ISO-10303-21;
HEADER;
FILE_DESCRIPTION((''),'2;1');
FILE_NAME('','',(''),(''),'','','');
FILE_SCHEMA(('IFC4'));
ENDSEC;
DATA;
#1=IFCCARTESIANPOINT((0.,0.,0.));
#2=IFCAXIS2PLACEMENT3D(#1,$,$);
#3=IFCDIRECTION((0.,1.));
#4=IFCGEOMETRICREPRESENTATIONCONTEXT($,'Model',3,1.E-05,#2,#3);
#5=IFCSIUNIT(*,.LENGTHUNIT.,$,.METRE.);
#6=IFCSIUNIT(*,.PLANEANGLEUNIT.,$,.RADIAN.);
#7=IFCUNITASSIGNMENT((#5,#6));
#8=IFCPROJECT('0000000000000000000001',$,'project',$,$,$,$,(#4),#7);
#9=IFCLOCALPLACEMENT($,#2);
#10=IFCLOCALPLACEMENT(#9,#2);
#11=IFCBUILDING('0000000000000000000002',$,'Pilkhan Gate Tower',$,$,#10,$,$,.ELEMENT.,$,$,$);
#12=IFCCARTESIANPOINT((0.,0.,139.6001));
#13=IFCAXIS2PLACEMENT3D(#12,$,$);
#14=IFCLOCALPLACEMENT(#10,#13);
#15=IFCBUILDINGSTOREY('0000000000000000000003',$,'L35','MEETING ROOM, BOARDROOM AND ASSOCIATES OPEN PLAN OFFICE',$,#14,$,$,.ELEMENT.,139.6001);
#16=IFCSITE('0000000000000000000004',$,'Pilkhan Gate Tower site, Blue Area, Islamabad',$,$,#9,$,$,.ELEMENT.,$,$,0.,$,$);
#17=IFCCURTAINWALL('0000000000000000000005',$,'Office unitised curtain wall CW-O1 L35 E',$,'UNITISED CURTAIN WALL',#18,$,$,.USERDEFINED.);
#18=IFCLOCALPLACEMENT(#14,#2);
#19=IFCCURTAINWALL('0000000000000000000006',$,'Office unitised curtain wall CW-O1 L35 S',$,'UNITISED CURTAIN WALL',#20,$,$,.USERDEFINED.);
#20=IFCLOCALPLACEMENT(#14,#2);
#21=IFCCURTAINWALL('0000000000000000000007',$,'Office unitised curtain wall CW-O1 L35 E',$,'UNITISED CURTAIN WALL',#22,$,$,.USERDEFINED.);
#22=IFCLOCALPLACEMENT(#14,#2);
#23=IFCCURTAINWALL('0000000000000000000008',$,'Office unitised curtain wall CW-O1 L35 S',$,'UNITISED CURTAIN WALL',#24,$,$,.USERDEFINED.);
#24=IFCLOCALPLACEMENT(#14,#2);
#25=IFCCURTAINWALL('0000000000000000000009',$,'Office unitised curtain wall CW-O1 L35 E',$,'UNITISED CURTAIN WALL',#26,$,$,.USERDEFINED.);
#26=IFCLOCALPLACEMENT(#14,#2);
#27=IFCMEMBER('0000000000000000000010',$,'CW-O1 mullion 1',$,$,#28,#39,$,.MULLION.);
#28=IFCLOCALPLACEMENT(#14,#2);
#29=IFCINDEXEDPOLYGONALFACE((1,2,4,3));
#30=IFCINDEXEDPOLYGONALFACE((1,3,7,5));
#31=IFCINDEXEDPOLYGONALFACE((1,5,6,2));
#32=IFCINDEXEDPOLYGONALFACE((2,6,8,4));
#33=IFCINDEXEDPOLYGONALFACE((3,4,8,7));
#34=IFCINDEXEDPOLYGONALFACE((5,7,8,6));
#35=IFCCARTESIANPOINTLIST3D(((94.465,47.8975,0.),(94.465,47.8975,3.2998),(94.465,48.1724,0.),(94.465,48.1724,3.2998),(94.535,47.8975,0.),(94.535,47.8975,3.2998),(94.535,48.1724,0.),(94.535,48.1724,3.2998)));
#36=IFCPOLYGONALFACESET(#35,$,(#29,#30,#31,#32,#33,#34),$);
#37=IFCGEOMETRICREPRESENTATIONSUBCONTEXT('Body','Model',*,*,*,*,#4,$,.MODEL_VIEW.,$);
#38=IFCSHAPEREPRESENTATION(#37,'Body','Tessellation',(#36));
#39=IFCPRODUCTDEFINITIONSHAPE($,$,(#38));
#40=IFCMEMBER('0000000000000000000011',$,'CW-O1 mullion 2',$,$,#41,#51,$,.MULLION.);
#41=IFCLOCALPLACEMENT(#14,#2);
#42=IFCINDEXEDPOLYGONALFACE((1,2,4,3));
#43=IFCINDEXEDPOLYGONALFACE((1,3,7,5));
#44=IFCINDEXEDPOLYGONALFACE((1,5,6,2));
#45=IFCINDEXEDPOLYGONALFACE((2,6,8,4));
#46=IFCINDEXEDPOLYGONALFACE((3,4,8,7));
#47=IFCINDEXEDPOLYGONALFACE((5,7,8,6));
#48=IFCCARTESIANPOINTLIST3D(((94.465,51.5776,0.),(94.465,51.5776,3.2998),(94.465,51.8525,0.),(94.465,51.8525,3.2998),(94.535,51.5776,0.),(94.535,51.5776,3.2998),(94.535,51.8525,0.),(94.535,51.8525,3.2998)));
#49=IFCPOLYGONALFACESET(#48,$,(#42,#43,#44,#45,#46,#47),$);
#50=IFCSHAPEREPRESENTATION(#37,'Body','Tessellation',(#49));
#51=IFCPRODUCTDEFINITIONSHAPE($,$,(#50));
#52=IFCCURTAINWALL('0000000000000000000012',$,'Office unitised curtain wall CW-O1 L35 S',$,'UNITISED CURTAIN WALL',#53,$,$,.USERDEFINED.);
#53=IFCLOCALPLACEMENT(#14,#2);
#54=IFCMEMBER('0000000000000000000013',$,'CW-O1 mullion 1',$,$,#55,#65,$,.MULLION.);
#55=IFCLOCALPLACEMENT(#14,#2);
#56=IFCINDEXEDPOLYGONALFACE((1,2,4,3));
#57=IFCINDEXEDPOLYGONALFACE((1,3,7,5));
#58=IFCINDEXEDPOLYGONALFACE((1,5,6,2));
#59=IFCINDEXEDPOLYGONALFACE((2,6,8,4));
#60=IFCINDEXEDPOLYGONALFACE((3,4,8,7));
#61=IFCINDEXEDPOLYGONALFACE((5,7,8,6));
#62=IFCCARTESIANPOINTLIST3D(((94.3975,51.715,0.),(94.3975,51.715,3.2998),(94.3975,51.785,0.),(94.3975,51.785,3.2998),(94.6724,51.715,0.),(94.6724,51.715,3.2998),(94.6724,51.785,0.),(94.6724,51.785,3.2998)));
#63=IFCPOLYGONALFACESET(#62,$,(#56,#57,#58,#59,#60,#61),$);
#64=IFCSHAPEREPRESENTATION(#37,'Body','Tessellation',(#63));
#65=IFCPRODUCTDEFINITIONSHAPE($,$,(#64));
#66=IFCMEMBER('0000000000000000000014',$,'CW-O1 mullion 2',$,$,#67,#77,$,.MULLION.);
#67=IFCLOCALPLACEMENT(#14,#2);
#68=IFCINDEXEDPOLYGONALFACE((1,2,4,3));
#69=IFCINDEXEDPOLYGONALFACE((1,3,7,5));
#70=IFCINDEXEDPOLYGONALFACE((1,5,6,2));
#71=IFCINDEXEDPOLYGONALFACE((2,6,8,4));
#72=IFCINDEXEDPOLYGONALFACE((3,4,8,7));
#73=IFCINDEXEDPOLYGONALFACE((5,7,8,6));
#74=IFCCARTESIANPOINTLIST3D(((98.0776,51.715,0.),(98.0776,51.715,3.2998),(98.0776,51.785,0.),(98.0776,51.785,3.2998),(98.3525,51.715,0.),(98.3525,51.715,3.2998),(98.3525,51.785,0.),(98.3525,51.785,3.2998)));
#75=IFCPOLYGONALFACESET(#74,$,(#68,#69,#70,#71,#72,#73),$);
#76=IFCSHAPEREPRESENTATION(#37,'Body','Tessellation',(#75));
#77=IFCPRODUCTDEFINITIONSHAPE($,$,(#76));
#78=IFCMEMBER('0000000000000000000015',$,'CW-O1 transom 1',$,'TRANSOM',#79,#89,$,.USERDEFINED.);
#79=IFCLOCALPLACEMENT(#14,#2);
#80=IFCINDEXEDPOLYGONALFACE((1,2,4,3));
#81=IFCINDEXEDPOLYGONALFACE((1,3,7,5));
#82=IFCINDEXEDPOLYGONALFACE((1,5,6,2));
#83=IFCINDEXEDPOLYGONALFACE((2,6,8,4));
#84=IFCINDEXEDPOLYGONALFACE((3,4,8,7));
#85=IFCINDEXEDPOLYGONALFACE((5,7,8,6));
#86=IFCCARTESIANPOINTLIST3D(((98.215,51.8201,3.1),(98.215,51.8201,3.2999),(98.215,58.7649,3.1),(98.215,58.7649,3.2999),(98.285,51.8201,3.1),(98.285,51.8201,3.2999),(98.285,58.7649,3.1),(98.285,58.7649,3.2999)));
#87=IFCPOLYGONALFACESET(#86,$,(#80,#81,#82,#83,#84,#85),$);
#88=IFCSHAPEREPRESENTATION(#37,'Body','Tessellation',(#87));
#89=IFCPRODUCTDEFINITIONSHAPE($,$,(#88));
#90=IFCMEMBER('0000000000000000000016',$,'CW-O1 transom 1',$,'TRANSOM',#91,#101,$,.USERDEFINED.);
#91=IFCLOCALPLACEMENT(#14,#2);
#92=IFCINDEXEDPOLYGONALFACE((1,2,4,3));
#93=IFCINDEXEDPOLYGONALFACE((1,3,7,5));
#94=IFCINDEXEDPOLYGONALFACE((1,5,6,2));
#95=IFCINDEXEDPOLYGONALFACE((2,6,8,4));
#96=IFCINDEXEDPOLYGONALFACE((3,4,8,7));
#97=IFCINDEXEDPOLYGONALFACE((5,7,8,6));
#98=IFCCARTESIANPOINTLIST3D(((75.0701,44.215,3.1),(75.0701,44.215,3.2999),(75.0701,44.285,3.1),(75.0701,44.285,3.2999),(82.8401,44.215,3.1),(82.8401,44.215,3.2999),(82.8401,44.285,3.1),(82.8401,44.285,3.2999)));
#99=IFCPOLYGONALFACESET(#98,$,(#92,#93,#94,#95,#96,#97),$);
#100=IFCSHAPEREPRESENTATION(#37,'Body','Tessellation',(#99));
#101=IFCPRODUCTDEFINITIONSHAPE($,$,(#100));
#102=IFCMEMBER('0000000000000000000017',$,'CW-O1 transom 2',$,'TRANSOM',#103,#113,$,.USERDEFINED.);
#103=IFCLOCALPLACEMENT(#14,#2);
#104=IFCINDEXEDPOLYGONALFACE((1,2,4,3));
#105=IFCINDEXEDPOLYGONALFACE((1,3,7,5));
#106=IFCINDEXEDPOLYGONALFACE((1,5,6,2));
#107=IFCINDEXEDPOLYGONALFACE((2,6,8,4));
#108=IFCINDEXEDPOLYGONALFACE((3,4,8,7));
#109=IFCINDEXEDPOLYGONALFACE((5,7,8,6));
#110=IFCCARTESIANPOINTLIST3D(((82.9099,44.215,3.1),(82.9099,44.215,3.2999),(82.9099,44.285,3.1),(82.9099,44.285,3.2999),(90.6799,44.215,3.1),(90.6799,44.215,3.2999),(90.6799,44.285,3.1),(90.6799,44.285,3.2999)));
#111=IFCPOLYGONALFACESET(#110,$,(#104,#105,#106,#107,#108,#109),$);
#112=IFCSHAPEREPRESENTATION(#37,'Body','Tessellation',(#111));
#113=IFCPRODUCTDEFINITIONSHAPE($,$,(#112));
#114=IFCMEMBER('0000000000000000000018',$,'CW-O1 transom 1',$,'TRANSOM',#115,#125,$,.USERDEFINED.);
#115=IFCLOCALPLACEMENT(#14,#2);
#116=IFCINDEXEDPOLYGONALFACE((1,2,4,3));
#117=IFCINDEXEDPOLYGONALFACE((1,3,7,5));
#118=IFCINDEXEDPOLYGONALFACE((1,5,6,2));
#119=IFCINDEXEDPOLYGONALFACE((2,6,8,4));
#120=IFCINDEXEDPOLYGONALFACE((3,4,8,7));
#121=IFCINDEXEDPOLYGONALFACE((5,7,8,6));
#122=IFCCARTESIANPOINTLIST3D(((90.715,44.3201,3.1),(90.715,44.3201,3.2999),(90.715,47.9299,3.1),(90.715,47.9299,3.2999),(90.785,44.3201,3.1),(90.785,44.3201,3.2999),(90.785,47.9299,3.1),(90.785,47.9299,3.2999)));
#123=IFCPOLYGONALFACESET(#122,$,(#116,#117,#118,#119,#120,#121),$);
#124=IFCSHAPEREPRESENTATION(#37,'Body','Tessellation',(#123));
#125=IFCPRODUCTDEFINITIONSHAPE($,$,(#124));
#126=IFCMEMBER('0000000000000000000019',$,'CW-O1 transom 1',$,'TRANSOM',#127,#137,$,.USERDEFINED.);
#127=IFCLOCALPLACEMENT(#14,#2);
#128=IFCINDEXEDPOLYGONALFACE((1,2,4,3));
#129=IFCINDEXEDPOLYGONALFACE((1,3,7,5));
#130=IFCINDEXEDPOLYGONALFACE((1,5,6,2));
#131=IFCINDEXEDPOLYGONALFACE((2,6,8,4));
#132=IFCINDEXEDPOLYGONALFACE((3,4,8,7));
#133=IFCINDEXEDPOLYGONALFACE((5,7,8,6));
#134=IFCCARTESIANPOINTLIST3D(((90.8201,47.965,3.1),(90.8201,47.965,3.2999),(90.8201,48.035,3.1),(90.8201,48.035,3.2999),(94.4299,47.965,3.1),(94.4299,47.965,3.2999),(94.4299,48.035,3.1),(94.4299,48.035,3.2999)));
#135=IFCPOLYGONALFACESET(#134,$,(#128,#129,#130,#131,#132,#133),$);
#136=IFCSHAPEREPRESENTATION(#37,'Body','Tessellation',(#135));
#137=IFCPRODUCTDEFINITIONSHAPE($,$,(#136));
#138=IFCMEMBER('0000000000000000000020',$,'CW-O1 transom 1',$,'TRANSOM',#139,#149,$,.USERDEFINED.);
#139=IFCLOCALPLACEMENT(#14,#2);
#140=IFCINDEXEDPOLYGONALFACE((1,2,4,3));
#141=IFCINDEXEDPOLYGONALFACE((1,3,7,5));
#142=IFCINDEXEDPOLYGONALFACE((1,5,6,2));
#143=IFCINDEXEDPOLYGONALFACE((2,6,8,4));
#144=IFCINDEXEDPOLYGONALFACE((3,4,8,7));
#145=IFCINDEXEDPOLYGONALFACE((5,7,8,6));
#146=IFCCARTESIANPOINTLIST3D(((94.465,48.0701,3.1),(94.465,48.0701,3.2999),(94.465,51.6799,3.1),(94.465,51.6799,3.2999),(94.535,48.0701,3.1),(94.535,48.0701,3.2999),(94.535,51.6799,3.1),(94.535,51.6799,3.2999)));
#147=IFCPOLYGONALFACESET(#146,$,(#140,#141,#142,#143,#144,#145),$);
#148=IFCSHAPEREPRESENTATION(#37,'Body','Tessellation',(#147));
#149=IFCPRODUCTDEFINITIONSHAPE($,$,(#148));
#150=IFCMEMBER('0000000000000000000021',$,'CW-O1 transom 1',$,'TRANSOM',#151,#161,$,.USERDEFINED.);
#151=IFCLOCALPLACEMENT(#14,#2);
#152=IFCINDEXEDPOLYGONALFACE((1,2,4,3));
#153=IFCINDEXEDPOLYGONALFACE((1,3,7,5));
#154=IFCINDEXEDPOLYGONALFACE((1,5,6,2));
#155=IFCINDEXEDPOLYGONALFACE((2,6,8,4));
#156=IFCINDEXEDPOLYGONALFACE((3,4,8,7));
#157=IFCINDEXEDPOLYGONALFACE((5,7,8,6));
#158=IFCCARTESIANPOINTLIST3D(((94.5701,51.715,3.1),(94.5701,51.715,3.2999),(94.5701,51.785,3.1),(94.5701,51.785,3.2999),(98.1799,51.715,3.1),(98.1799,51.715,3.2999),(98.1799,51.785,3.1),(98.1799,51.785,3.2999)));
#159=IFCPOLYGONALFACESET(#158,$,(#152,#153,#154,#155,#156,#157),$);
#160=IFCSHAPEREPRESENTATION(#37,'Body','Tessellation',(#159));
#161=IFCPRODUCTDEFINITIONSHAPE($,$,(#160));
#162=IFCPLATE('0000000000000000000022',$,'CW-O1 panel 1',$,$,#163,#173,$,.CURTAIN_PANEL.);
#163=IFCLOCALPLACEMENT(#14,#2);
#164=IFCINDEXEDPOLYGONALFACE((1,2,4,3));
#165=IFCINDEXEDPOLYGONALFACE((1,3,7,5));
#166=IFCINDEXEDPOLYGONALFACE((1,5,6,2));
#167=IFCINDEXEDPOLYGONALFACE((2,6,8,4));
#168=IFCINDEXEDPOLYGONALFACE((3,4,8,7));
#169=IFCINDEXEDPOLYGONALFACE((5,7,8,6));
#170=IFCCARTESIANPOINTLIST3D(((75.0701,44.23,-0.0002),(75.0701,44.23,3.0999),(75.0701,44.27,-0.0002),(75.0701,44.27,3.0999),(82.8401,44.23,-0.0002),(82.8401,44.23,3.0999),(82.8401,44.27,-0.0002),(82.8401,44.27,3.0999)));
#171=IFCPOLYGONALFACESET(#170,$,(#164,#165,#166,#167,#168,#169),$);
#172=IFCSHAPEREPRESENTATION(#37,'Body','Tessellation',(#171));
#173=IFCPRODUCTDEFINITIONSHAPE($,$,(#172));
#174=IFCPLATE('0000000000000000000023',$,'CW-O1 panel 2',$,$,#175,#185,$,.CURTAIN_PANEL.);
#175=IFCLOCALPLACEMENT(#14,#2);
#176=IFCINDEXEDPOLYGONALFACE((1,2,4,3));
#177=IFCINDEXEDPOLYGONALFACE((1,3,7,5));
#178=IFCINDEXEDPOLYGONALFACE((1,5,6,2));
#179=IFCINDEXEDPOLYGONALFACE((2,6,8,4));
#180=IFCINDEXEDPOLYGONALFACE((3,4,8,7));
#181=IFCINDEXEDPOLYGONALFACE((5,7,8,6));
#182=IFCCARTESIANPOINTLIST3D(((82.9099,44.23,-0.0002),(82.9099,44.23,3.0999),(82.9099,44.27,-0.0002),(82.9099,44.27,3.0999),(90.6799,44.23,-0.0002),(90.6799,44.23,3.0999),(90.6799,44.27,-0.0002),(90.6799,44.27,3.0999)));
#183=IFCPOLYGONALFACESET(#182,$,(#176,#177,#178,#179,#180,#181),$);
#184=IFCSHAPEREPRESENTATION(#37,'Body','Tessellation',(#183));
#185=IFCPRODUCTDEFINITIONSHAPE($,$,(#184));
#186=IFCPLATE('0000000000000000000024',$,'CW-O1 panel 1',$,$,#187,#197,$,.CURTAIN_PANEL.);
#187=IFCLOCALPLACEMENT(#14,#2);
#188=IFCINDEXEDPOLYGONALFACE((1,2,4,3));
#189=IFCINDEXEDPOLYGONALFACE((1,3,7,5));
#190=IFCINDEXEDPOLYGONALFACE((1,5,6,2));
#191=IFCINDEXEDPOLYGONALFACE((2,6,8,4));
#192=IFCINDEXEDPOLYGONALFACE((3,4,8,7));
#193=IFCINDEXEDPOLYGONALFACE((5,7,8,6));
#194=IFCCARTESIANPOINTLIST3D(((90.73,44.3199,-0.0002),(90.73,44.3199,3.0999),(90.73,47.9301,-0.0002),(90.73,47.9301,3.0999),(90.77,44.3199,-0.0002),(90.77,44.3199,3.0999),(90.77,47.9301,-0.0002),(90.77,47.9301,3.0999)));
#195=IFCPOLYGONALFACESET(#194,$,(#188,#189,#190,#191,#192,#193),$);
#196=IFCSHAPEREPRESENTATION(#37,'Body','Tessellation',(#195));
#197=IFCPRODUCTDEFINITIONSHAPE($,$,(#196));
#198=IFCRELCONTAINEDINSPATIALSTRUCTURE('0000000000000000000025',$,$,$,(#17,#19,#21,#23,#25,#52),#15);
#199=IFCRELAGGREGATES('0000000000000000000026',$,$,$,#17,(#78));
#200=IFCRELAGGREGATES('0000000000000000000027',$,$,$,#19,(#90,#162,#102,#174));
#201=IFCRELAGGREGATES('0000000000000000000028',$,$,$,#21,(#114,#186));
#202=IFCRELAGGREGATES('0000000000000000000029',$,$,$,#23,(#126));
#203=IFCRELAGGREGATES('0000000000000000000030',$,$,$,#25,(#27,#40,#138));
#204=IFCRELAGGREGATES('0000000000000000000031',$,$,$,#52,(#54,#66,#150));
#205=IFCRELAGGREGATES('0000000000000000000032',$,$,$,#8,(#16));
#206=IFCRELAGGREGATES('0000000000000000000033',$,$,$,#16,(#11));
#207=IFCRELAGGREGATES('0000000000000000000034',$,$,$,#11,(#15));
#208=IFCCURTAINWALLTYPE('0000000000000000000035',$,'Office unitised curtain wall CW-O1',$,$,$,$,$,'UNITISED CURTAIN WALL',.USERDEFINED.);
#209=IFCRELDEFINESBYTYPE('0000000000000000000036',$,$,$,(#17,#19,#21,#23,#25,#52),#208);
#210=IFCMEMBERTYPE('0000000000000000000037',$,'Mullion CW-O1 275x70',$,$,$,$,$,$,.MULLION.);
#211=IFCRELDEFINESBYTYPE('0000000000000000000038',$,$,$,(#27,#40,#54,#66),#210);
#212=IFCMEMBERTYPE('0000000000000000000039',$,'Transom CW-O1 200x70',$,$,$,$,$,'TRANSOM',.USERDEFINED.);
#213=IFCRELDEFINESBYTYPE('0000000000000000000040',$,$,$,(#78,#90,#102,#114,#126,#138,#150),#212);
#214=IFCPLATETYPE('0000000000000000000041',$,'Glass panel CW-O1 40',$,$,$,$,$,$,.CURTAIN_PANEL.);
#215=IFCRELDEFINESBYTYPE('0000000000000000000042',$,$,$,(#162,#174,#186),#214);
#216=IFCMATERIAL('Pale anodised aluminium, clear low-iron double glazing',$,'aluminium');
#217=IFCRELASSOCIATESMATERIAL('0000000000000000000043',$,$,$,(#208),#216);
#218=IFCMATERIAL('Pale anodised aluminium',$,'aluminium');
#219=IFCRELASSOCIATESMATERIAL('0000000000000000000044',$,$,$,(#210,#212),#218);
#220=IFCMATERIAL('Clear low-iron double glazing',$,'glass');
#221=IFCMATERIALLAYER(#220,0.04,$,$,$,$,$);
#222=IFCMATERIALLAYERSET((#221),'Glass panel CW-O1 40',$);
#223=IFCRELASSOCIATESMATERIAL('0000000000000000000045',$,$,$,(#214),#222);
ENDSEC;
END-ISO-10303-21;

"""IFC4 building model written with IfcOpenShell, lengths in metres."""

from ifc_helpers import new_model, si_unit, direction, frame, origin, origin_2d, place, context, subcontext, project, spatial, rectangle, extrude, material, layer, layer_set, material_profile, profile_set, type_object, element, aggregate, save


model = new_model("IFC4")

# Units and contexts
model_context = context("Model", 3, precision=1e-05, world=origin(), true_north=direction((0.0, 1.0)))
body_context = subcontext(model_context, "Body", "Model", "MODEL_VIEW")
ifc_project = project(units=[si_unit("LENGTHUNIT", "METRE"), si_unit("PLANEANGLEUNIT", "RADIAN")], contexts=[model_context])

# Site, building, storey
site_placement = place(None, origin())
site = spatial("IfcSite", under=ifc_project, at=site_placement, Name="Pilkhan Gate Tower site, Blue Area, Islamabad", CompositionType="ELEMENT", RefElevation=0.0)
building_placement = place(site_placement, origin())
building = spatial("IfcBuilding", under=site, at=building_placement, Name="Pilkhan Gate Tower", CompositionType="ELEMENT")
storey_placement = place(building_placement, frame((0.0, 0.0, 139.6001)))
storey = spatial("IfcBuildingStorey", under=building, at=storey_placement, Name="L35", Description="MEETING ROOM, BOARDROOM AND ASSOCIATES OPEN PLAN OFFICE", CompositionType="ELEMENT", Elevation=139.6001)

# Curtain wall
ifc_material_1 = material(Name="Pale anodised aluminium, clear low-iron double glazing", Category="aluminium")
curtain_wall_type = type_object("IfcCurtainWallType", Name="Office unitised curtain wall CW-O1", ElementType="UNITISED CURTAIN WALL", PredefinedType="USERDEFINED", material=ifc_material_1)
curtain_wall_1_placement = place(storey_placement, origin())
curtain_wall_1 = element("IfcCurtainWall", 1, at=curtain_wall_1_placement, inside=storey, type_object=curtain_wall_type, Name="Office unitised curtain wall CW-O1 L35 E", ObjectType="UNITISED CURTAIN WALL", PredefinedType="USERDEFINED")
ifc_material_2 = material(Name="Pale anodised aluminium", Category="aluminium")
ifc_material_profile_1 = material_profile(ifc_material_2, rectangle(XDim=0.0701, YDim=0.2749, at=origin_2d()), Name="Mullion 275x70")
ifc_profile_set_1 = profile_set([ifc_material_profile_1], Name="Pale anodised aluminium")
member_type_1 = type_object("IfcMemberType", Name="Mullion CW-O1 275x70", PredefinedType="MULLION", material=ifc_profile_set_1)

# Curtain walls, members
curtain_wall_2_placement = place(storey_placement, origin())
curtain_wall_2 = element("IfcCurtainWall", 2, at=curtain_wall_2_placement, inside=storey, type_object=curtain_wall_type, Name="Office unitised curtain wall CW-O1 L35 S", ObjectType="UNITISED CURTAIN WALL", PredefinedType="USERDEFINED")
curtain_wall_3_placement = place(storey_placement, origin())
curtain_wall_3 = element("IfcCurtainWall", 3, at=curtain_wall_3_placement, inside=storey, type_object=curtain_wall_type, Name="Office unitised curtain wall CW-O1 L35 E", ObjectType="UNITISED CURTAIN WALL", PredefinedType="USERDEFINED")
curtain_wall_4_placement = place(storey_placement, origin())
curtain_wall_4 = element("IfcCurtainWall", 4, at=curtain_wall_4_placement, inside=storey, type_object=curtain_wall_type, Name="Office unitised curtain wall CW-O1 L35 S", ObjectType="UNITISED CURTAIN WALL", PredefinedType="USERDEFINED")
curtain_wall_5_placement = place(storey_placement, origin())
curtain_wall_5 = element("IfcCurtainWall", 5, at=curtain_wall_5_placement, inside=storey, type_object=curtain_wall_type, Name="Office unitised curtain wall CW-O1 L35 E", ObjectType="UNITISED CURTAIN WALL", PredefinedType="USERDEFINED")
member_1_placement = place(storey_placement, frame((94.5, 48.0349, 0.0), z_axis=(0.0, 0.0, 1.0), x_axis=(-1.0, 0.0, 0.0)))
member_1 = element("IfcMember", 6, at=member_1_placement, type_object=member_type_1, Name="CW-O1 mullion 1", PredefinedType="MULLION", context=body_context, shape_type="SweptSolid", body=[
    extrude(rectangle(XDim=0.0701, YDim=0.2749, at=origin_2d()), origin(), (0.0, 0.0, 1.0), 3.2998),
])
member_2_placement = place(storey_placement, frame((94.5, 51.7151, 0.0), z_axis=(0.0, 0.0, 1.0), x_axis=(-1.0, 0.0, 0.0)))
member_2 = element("IfcMember", 7, at=member_2_placement, type_object=member_type_1, Name="CW-O1 mullion 2", PredefinedType="MULLION", context=body_context, shape_type="SweptSolid", body=[
    extrude(rectangle(XDim=0.0701, YDim=0.2749, at=origin_2d()), origin(), (0.0, 0.0, 1.0), 3.2998),
])
curtain_wall_6_placement = place(storey_placement, origin())
curtain_wall_6 = element("IfcCurtainWall", 8, at=curtain_wall_6_placement, inside=storey, type_object=curtain_wall_type, Name="Office unitised curtain wall CW-O1 L35 S", ObjectType="UNITISED CURTAIN WALL", PredefinedType="USERDEFINED")
member_3_placement = place(storey_placement, frame((94.5349, 51.75, 0.0), z_axis=(0.0, 0.0, 1.0), x_axis=(0.0, 1.0, 0.0)))
member_3 = element("IfcMember", 9, at=member_3_placement, type_object=member_type_1, Name="CW-O1 mullion 1", PredefinedType="MULLION", context=body_context, shape_type="SweptSolid", body=[
    extrude(rectangle(XDim=0.0701, YDim=0.2749, at=origin_2d()), origin(), (0.0, 0.0, 1.0), 3.2998),
])
member_4_placement = place(storey_placement, frame((98.2151, 51.75, 0.0), z_axis=(0.0, 0.0, 1.0), x_axis=(0.0, 1.0, 0.0)))
member_4 = element("IfcMember", 10, at=member_4_placement, type_object=member_type_1, Name="CW-O1 mullion 2", PredefinedType="MULLION", context=body_context, shape_type="SweptSolid", body=[
    extrude(rectangle(XDim=0.0701, YDim=0.2749, at=origin_2d()), origin(), (0.0, 0.0, 1.0), 3.2998),
])

# Members
ifc_material_profile_2 = material_profile(ifc_material_2, rectangle(XDim=0.0701, YDim=0.2, at=origin_2d()), Name="Transom 200x70")
ifc_profile_set_2 = profile_set([ifc_material_profile_2], Name="Pale anodised aluminium")
member_type_2 = type_object("IfcMemberType", Name="Transom CW-O1 200x70", ElementType="TRANSOM", PredefinedType="USERDEFINED", material=ifc_profile_set_2)
member_5_placement = place(storey_placement, frame((98.25, 51.8201, 3.2), z_axis=(0.0, 1.0, 0.0), x_axis=(-1.0, 0.0, 0.0)))
member_5 = element("IfcMember", 11, at=member_5_placement, type_object=member_type_2, Name="CW-O1 transom 1", ObjectType="TRANSOM", PredefinedType="USERDEFINED", context=body_context, shape_type="SweptSolid", body=[
    extrude(rectangle(XDim=0.0701, YDim=0.2, at=origin_2d()), origin(), (0.0, 0.0, 1.0), 6.9448),
])
aggregate(curtain_wall_1, [member_5])
member_6_placement = place(storey_placement, frame((75.0701, 44.25, 3.2), z_axis=(1.0, 0.0, 0.0), x_axis=(0.0, 1.0, 0.0)))
member_6 = element("IfcMember", 12, at=member_6_placement, type_object=member_type_2, Name="CW-O1 transom 1", ObjectType="TRANSOM", PredefinedType="USERDEFINED", context=body_context, shape_type="SweptSolid", body=[
    extrude(rectangle(XDim=0.0701, YDim=0.2, at=origin_2d()), origin(), (0.0, 0.0, 1.0), 7.77),
])
member_7_placement = place(storey_placement, frame((82.9099, 44.25, 3.2), z_axis=(1.0, 0.0, 0.0), x_axis=(0.0, 1.0, 0.0)))
member_7 = element("IfcMember", 13, at=member_7_placement, type_object=member_type_2, Name="CW-O1 transom 2", ObjectType="TRANSOM", PredefinedType="USERDEFINED", context=body_context, shape_type="SweptSolid", body=[
    extrude(rectangle(XDim=0.0701, YDim=0.2, at=origin_2d()), origin(), (0.0, 0.0, 1.0), 7.77),
])
member_8_placement = place(storey_placement, frame((90.75, 44.3201, 3.2), z_axis=(0.0, 1.0, 0.0), x_axis=(-1.0, 0.0, 0.0)))
member_8 = element("IfcMember", 14, at=member_8_placement, type_object=member_type_2, Name="CW-O1 transom 1", ObjectType="TRANSOM", PredefinedType="USERDEFINED", context=body_context, shape_type="SweptSolid", body=[
    extrude(rectangle(XDim=0.0701, YDim=0.2, at=origin_2d()), origin(), (0.0, 0.0, 1.0), 3.6099),
])
member_9_placement = place(storey_placement, frame((90.8201, 48.0, 3.2), z_axis=(1.0, 0.0, 0.0), x_axis=(0.0, 1.0, 0.0)))
member_9 = element("IfcMember", 15, at=member_9_placement, type_object=member_type_2, Name="CW-O1 transom 1", ObjectType="TRANSOM", PredefinedType="USERDEFINED", context=body_context, shape_type="SweptSolid", body=[
    extrude(rectangle(XDim=0.0701, YDim=0.2, at=origin_2d()), origin(), (0.0, 0.0, 1.0), 3.6099),
])
member_10_placement = place(storey_placement, frame((94.5, 48.0701, 3.2), z_axis=(0.0, 1.0, 0.0), x_axis=(-1.0, 0.0, 0.0)))
member_10 = element("IfcMember", 16, at=member_10_placement, type_object=member_type_2, Name="CW-O1 transom 1", ObjectType="TRANSOM", PredefinedType="USERDEFINED", context=body_context, shape_type="SweptSolid", body=[
    extrude(rectangle(XDim=0.0701, YDim=0.2, at=origin_2d()), origin(), (0.0, 0.0, 1.0), 3.6099),
])
member_11_placement = place(storey_placement, frame((94.5701, 51.75, 3.2), z_axis=(1.0, 0.0, 0.0), x_axis=(0.0, 1.0, 0.0)))
member_11 = element("IfcMember", 17, at=member_11_placement, type_object=member_type_2, Name="CW-O1 transom 1", ObjectType="TRANSOM", PredefinedType="USERDEFINED", context=body_context, shape_type="SweptSolid", body=[
    extrude(rectangle(XDim=0.0701, YDim=0.2, at=origin_2d()), origin(), (0.0, 0.0, 1.0), 3.6099),
])

# Plates
ifc_material_3 = material(Name="Clear low-iron double glazing", Category="glass")
ifc_layer_1 = layer(ifc_material_3, 0.04)
ifc_layer_set_1 = layer_set([ifc_layer_1], Name="Glass panel CW-O1 40")
plate_type = type_object("IfcPlateType", Name="Glass panel CW-O1 40", PredefinedType="CURTAIN_PANEL", material=ifc_layer_set_1)
plate_1_placement = place(storey_placement, frame((78.9551, 44.25, -0.0002), z_axis=(0.0, 0.0, 1.0), x_axis=(1.0, 0.0, 0.0)))
plate_1 = element("IfcPlate", 18, at=plate_1_placement, type_object=plate_type, Name="CW-O1 panel 1", PredefinedType="CURTAIN_PANEL", context=body_context, shape_type="SweptSolid", body=[
    extrude(rectangle(XDim=7.77, YDim=0.04, at=origin_2d()), origin(), (0.0, 0.0, 1.0), 3.1001),
])
plate_2_placement = place(storey_placement, frame((86.7949, 44.25, -0.0002), z_axis=(0.0, 0.0, 1.0), x_axis=(1.0, 0.0, 0.0)))
plate_2 = element("IfcPlate", 19, at=plate_2_placement, type_object=plate_type, Name="CW-O1 panel 2", PredefinedType="CURTAIN_PANEL", context=body_context, shape_type="SweptSolid", body=[
    extrude(rectangle(XDim=7.77, YDim=0.04, at=origin_2d()), origin(), (0.0, 0.0, 1.0), 3.1001),
])
aggregate(curtain_wall_2, [member_6, plate_1, member_7, plate_2])
plate_3_placement = place(storey_placement, frame((90.75, 46.125, -0.0002), z_axis=(0.0, 0.0, 1.0), x_axis=(0.0, 1.0, 0.0)))
plate_3 = element("IfcPlate", 20, at=plate_3_placement, type_object=plate_type, Name="CW-O1 panel 1", PredefinedType="CURTAIN_PANEL", context=body_context, shape_type="SweptSolid", body=[
    extrude(rectangle(XDim=3.6101, YDim=0.04, at=origin_2d()), origin(), (0.0, 0.0, 1.0), 3.1001),
])
aggregate(curtain_wall_3, [member_8, plate_3])
aggregate(curtain_wall_4, [member_9])
aggregate(curtain_wall_5, [member_1, member_2, member_10])
aggregate(curtain_wall_6, [member_3, member_4, member_11])

save(model, "model.ifc")
